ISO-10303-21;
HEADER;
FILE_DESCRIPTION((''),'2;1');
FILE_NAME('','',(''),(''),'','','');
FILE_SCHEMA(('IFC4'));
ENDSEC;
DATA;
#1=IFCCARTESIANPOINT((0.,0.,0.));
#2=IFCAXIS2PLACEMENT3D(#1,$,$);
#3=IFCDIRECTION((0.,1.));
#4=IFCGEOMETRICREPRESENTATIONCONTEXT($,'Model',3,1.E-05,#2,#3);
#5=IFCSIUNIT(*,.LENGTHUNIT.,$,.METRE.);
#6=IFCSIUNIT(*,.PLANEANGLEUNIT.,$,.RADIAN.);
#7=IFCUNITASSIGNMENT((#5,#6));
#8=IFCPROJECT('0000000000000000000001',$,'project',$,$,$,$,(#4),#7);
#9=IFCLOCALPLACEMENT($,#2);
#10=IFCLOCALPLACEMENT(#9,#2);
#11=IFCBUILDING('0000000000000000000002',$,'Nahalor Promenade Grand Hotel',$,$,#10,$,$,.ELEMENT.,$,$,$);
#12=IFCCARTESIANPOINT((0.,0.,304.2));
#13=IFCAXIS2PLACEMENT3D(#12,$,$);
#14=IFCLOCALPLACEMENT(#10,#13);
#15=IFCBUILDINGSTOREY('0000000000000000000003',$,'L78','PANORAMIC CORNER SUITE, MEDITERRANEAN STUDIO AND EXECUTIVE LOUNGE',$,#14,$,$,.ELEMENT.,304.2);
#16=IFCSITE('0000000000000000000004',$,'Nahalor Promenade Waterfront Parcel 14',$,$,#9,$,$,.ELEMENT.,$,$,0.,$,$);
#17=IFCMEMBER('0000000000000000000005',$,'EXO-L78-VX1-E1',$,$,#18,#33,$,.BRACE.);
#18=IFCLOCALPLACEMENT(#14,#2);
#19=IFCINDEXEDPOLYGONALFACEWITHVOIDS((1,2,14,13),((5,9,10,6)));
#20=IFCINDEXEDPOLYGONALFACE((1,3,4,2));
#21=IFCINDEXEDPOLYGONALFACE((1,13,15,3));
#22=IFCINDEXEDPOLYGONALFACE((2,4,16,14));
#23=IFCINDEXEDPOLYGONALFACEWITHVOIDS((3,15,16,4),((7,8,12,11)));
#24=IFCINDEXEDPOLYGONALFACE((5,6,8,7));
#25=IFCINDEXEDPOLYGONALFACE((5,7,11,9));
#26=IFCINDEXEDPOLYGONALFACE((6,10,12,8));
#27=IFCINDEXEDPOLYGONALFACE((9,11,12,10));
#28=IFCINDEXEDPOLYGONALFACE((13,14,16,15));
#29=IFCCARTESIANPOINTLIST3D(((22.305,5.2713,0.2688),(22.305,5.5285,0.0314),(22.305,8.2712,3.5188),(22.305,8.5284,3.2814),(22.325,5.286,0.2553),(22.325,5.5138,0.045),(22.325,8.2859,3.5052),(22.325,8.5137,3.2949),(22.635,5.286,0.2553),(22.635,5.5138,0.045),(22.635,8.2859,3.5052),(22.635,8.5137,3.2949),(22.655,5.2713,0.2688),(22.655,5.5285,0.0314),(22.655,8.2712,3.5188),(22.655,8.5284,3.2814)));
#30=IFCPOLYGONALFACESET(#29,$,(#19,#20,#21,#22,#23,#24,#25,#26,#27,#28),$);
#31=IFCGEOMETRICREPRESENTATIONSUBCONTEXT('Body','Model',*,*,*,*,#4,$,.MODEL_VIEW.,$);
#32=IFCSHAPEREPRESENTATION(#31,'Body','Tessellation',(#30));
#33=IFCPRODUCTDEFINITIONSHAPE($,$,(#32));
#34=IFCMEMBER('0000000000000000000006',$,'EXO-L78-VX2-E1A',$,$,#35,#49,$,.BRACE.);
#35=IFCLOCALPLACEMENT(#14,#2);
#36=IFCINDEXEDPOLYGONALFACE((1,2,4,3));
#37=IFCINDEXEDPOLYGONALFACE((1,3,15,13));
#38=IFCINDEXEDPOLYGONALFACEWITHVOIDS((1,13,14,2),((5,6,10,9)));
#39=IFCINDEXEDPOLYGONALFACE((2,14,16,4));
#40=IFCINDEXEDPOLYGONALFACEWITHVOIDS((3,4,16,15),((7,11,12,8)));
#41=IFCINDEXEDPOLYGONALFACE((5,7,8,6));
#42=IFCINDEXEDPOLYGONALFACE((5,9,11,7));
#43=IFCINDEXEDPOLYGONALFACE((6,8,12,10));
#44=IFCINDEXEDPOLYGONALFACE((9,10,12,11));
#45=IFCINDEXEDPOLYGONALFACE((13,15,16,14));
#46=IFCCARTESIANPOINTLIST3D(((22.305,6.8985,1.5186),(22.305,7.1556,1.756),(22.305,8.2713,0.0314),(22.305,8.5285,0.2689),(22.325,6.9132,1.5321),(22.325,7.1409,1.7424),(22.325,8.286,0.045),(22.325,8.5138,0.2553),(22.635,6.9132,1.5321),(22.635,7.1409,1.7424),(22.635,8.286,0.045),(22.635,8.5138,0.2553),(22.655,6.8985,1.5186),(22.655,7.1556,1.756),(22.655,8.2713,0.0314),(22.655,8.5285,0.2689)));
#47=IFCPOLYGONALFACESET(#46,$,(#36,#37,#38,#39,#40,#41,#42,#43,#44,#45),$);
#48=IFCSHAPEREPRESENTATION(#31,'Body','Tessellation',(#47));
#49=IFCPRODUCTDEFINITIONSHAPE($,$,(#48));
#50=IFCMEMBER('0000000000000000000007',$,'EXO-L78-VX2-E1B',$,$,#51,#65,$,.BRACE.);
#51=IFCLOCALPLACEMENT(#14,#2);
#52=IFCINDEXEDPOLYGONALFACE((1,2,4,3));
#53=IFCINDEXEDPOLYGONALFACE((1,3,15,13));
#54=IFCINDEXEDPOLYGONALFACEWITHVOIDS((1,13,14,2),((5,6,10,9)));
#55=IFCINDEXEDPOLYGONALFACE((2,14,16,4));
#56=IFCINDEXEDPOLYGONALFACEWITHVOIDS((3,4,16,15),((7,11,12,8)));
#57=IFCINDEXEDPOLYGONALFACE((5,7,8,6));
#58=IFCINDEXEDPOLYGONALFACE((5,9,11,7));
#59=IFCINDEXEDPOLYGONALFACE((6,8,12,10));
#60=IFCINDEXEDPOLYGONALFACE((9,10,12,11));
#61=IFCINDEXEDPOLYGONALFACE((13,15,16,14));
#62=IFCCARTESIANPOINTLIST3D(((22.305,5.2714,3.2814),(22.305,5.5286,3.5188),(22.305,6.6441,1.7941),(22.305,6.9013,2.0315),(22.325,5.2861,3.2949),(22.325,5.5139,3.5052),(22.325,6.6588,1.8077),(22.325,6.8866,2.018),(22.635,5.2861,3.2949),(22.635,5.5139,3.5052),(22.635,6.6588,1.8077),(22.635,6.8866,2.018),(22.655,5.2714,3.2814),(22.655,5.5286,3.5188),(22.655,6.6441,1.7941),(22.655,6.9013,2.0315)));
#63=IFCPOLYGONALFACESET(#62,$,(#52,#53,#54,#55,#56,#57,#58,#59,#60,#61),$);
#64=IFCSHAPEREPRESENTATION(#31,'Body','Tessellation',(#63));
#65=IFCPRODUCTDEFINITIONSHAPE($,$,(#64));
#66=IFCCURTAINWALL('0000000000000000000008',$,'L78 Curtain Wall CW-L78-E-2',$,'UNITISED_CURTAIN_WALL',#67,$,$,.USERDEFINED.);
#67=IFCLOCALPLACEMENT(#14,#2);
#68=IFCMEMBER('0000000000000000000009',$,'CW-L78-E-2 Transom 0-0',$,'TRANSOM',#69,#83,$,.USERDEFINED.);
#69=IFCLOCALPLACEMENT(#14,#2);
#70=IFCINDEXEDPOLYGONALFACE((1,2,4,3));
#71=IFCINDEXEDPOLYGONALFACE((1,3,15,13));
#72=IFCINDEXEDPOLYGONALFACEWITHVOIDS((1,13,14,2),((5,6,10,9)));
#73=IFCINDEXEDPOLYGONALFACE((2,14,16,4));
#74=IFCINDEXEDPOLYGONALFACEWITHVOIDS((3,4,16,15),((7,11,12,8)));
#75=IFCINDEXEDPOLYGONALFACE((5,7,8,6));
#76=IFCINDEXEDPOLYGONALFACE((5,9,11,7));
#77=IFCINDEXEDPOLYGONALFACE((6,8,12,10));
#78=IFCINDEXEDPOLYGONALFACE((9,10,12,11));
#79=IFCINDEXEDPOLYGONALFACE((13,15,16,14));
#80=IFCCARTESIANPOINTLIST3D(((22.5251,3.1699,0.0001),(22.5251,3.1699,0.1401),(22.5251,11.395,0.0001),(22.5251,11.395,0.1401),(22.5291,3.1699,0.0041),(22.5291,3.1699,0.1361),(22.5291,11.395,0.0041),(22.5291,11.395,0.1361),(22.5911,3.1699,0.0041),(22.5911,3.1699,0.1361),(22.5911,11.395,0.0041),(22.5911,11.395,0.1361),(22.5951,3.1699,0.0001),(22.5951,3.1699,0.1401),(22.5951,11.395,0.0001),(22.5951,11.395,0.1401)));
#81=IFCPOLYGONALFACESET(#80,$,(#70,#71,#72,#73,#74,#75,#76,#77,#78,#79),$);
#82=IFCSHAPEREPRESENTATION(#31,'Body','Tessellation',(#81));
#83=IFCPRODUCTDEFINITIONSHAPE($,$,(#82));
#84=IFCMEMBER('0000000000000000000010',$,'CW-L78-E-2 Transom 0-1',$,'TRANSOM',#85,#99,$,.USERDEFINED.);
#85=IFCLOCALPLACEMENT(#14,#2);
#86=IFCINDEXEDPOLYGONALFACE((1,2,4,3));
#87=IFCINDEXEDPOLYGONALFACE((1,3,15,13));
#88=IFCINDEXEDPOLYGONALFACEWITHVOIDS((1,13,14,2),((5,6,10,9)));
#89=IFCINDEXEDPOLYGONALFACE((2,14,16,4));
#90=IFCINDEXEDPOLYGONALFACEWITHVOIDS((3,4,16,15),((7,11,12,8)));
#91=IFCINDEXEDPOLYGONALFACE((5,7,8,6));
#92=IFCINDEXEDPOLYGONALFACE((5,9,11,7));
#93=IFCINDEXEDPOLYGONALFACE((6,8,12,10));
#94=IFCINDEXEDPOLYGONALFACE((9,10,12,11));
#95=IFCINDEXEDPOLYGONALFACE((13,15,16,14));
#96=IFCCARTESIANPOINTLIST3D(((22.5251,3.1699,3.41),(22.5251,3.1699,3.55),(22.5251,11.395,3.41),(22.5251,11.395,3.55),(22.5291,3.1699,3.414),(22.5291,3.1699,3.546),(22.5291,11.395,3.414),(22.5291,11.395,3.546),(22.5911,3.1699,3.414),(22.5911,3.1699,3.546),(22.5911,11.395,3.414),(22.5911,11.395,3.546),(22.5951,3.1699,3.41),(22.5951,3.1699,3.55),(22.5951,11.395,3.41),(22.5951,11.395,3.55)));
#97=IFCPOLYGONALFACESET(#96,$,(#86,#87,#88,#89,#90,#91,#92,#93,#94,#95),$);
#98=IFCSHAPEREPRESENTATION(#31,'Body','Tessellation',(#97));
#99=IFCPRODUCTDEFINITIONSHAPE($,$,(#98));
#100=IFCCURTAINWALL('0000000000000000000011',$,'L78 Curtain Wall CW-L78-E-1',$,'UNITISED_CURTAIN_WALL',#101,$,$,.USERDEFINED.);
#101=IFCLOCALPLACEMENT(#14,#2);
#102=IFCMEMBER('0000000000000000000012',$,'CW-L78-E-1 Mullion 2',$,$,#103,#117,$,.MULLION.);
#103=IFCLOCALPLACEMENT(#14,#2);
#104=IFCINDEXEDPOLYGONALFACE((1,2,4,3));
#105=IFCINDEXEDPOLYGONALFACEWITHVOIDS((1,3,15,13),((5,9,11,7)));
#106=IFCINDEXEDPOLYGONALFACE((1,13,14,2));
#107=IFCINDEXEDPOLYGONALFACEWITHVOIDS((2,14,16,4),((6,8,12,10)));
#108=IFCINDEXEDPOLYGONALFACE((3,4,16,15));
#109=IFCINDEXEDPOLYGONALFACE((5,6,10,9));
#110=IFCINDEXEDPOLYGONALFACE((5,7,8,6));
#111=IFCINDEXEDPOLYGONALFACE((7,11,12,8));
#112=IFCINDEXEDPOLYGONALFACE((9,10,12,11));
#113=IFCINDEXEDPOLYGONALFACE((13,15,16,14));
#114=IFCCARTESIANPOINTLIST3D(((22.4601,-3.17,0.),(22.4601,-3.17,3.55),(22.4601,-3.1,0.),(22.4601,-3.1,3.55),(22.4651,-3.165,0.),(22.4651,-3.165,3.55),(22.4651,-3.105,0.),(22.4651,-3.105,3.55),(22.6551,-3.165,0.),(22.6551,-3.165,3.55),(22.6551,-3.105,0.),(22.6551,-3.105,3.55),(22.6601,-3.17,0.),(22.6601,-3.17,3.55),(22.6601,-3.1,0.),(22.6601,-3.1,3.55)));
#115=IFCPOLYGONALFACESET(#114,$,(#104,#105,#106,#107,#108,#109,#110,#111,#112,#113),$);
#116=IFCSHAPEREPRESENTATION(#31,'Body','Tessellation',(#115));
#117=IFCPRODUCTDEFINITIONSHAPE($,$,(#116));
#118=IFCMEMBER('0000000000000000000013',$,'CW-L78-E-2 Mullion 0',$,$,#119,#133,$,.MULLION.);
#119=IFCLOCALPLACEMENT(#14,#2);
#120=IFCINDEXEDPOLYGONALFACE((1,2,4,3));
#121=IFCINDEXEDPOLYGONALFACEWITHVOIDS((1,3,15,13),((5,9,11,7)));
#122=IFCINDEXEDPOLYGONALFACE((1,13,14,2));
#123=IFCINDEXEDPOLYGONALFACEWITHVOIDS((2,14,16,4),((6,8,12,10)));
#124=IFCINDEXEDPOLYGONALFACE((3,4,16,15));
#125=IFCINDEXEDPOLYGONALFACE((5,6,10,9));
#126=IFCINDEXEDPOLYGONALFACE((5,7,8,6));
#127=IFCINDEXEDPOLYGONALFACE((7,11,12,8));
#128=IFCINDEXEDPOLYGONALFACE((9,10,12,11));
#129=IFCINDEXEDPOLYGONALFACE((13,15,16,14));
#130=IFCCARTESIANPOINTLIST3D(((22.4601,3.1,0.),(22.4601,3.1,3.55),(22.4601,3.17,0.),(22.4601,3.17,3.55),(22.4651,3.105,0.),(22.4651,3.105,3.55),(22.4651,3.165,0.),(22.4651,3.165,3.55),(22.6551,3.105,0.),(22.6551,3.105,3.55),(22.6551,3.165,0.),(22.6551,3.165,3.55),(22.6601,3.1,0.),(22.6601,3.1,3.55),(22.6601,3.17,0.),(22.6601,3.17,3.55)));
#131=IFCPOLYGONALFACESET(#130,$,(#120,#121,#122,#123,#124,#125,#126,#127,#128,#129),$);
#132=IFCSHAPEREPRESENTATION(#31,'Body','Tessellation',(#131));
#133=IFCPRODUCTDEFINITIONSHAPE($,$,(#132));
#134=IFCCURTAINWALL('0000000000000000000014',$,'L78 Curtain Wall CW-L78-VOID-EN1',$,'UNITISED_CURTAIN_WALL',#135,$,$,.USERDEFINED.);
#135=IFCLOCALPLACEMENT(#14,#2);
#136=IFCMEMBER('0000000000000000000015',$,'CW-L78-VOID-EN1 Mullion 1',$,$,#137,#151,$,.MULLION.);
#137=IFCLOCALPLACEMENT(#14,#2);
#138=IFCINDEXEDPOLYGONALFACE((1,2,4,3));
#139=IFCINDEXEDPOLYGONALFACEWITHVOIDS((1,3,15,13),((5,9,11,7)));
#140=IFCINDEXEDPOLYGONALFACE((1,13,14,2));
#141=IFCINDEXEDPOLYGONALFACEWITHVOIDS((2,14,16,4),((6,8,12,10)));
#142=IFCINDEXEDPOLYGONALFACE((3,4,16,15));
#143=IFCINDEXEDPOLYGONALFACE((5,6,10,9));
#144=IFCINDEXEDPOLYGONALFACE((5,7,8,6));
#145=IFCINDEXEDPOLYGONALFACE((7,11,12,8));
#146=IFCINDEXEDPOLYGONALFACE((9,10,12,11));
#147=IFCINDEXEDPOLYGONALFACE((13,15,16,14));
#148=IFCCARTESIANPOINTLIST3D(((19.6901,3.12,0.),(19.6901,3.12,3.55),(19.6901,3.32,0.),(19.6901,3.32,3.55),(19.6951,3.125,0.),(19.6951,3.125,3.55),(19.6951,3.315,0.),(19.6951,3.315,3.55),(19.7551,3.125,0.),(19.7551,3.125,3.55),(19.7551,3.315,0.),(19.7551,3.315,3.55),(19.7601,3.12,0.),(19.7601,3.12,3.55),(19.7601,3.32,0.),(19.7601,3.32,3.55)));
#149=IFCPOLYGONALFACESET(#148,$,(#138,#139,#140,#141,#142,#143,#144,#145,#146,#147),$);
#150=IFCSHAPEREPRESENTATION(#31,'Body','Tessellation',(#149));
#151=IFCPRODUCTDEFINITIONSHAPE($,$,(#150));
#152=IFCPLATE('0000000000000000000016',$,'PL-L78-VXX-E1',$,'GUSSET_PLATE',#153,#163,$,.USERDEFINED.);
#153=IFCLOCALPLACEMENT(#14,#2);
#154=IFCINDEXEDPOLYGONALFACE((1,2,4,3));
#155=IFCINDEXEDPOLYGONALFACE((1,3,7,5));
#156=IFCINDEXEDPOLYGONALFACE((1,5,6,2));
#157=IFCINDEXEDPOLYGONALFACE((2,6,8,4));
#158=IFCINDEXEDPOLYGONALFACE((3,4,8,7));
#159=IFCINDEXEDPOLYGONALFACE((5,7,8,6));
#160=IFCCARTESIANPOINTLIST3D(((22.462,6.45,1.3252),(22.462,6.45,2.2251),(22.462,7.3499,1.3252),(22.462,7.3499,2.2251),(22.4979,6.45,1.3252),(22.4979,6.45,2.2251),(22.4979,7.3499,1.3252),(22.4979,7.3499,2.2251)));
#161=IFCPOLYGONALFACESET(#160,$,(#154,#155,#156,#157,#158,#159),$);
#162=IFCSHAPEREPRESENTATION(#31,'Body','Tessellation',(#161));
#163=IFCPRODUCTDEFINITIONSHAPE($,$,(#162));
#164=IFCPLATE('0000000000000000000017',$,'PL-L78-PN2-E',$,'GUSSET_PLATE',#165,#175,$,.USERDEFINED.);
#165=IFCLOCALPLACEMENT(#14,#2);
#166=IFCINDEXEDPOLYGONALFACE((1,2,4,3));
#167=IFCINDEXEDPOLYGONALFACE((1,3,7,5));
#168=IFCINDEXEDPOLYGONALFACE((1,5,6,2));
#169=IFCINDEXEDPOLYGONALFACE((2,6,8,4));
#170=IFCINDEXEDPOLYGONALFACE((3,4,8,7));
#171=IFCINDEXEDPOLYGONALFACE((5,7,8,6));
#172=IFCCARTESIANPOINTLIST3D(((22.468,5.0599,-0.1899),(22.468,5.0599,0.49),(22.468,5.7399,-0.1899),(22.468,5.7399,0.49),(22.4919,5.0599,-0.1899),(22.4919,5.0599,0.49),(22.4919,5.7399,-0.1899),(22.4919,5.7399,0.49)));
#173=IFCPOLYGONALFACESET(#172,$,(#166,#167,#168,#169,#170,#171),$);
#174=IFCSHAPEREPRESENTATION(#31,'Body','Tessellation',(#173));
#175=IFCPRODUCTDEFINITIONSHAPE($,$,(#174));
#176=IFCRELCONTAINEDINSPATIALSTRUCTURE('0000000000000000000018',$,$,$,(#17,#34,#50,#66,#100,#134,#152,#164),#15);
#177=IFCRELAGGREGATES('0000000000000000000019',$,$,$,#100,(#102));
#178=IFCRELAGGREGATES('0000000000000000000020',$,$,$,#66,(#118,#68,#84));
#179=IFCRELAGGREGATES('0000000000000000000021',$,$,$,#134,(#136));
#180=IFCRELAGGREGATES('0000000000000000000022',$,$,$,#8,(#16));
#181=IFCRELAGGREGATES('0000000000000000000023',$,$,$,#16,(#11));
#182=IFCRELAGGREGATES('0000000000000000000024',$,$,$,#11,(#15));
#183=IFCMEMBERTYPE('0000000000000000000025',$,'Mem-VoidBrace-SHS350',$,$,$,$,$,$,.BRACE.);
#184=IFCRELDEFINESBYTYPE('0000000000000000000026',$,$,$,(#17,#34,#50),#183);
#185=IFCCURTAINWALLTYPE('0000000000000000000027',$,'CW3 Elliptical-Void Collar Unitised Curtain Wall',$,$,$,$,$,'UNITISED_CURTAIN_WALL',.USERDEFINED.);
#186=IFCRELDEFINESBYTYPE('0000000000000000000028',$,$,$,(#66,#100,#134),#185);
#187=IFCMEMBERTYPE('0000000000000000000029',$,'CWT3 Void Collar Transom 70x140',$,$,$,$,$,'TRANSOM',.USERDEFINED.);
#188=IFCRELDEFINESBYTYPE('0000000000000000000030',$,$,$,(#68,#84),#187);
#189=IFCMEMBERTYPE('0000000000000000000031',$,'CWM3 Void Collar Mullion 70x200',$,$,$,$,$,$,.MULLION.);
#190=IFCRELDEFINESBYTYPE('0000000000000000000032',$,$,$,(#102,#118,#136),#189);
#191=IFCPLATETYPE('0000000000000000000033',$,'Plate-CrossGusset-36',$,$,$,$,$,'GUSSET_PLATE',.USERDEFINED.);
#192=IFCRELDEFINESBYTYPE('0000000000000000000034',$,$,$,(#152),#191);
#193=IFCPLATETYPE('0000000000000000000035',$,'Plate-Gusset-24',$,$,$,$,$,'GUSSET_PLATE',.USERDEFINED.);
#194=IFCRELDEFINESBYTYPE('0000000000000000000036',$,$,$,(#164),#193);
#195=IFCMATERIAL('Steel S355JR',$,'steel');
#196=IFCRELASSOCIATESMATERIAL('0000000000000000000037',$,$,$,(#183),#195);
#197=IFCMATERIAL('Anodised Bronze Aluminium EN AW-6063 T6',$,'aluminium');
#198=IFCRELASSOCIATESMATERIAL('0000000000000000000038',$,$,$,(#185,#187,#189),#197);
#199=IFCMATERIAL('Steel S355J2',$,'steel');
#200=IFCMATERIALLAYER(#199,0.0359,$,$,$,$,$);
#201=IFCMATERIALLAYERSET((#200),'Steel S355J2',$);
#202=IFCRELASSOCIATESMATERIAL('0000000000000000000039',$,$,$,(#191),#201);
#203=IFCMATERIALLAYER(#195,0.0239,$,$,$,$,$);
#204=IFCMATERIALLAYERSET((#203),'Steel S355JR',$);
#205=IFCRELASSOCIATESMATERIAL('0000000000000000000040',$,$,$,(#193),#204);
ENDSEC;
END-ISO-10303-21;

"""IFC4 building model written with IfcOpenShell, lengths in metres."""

from ifc_helpers import new_model, si_unit, direction, frame, origin, origin_2d, place, context, subcontext, project, spatial, rectangle, hollow_rectangle, extrude, source, transform, mapped, material, layer, layer_set, material_profile, profile_set, type_object, element, aggregate, save


model = new_model("IFC4")

# Units and contexts
model_context = context("Model", 3, precision=1e-05, world=origin(), true_north=direction((0.0, 1.0)))
body_context = subcontext(model_context, "Body", "Model", "MODEL_VIEW")
ifc_project = project(units=[si_unit("LENGTHUNIT", "METRE"), si_unit("PLANEANGLEUNIT", "RADIAN")], contexts=[model_context])

# Site, building, storey
site_placement = place(None, origin())
site = spatial("IfcSite", under=ifc_project, at=site_placement, Name="Nahalor Promenade Waterfront Parcel 14", CompositionType="ELEMENT", RefElevation=0.0)
building_placement = place(site_placement, origin())
building = spatial("IfcBuilding", under=site, at=building_placement, Name="Nahalor Promenade Grand Hotel", CompositionType="ELEMENT")
storey_placement = place(building_placement, frame((0.0, 0.0, 304.2)))
storey = spatial("IfcBuildingStorey", under=building, at=storey_placement, Name="L78", Description="PANORAMIC CORNER SUITE, MEDITERRANEAN STUDIO AND EXECUTIVE LOUNGE", CompositionType="ELEMENT", Elevation=304.2)

# Shared definitions
ifc_material_1 = material(Name="Steel S355JR", Category="steel")

# Members
ifc_material_profile_1 = material_profile(ifc_material_1, hollow_rectangle(XDim=0.35, YDim=0.35, WallThickness=0.02, at=origin_2d()), Name="SHS 350x350x20")
ifc_profile_set_1 = profile_set([ifc_material_profile_1], Name="Steel S355JR")
member_type_1 = type_object("IfcMemberType", Name="Mem-VoidBrace-SHS350", PredefinedType="BRACE", material=ifc_profile_set_1)
shared_shape_1 = source(origin(), body_context, "Body", "SweptSolid", [
    extrude(hollow_rectangle(XDim=0.35, YDim=0.35, WallThickness=0.02, at=origin_2d()), origin(), (0.0, 0.0, 1.0), 4.4229),
])
member_1_placement = place(storey_placement, frame((22.48, 5.3999, 0.1501), z_axis=(0.0, 0.67828, 0.734803), x_axis=(-1.0, 0.0, 0.0)))
element("IfcMember", 1, at=member_1_placement, inside=storey, type_object=member_type_1, Name="EXO-L78-VX1-E1", PredefinedType="BRACE", context=body_context, shape_type="MappedRepresentation", body=[
    mapped(shared_shape_1, transform((0.0, 0.0, 0.0), scale=1.0)),
])
shared_shape_2 = source(origin(), body_context, "Body", "SweptSolid", [
    extrude(hollow_rectangle(XDim=0.35, YDim=0.35, WallThickness=0.02, at=origin_2d()), origin(), (0.0, 0.0, 1.0), 2.0239),
])
for number, where, z_axis, x_axis, name in (
    (2, (22.48, 8.3999, 0.1501), (0.0, -0.678315, 0.734771), (1.0, 0.0, 0.0), "EXO-L78-VX2-E1A"),
    (3, (22.48, 6.7727, 1.9128), (0.0, -0.678255, 0.734827), (1.0, 0.0, 0.0), "EXO-L78-VX2-E1B"),
):
    element("IfcMember", number, at=place(storey_placement, frame(where, z_axis=z_axis, x_axis=x_axis)), inside=storey, type_object=member_type_1, Name=name, PredefinedType="BRACE", context=body_context, shape_type="MappedRepresentation", body=[
        mapped(shared_shape_2, transform((0.0, 0.0, 0.0), scale=1.0)),
    ])

# Curtain wall, members
ifc_material_2 = material(Name="Anodised Bronze Aluminium EN AW-6063 T6", Category="aluminium")
curtain_wall_type = type_object("IfcCurtainWallType", Name="CW3 Elliptical-Void Collar Unitised Curtain Wall", ElementType="UNITISED_CURTAIN_WALL", PredefinedType="USERDEFINED", material=ifc_material_2)
curtain_wall_1_placement = place(storey_placement, origin())
curtain_wall_1 = element("IfcCurtainWall", 4, at=curtain_wall_1_placement, inside=storey, type_object=curtain_wall_type, Name="L78 Curtain Wall CW-L78-E-2", ObjectType="UNITISED_CURTAIN_WALL", PredefinedType="USERDEFINED")
ifc_material_profile_2 = material_profile(ifc_material_2, hollow_rectangle(XDim=0.07, YDim=0.14, WallThickness=0.004, at=origin_2d()), Name="CWT 70x140x4")
ifc_profile_set_2 = profile_set([ifc_material_profile_2], Name="Anodised Bronze Aluminium EN AW-6063 T6")
member_type_2 = type_object("IfcMemberType", Name="CWT3 Void Collar Transom 70x140", ElementType="TRANSOM", PredefinedType="USERDEFINED", material=ifc_profile_set_2)
shared_shape_3 = source(origin(), body_context, "Body", "SweptSolid", [
    extrude(hollow_rectangle(XDim=0.07, YDim=0.14, WallThickness=0.004, at=origin_2d()), origin(), (0.0, 0.0, 1.0), 8.2251),
])
member_2_placement = place(storey_placement, frame((22.5601, 3.1699, 0.0701), z_axis=(0.0, 1.0, 0.0), x_axis=(-1.0, 0.0, 0.0)))
member_2 = element("IfcMember", 5, at=member_2_placement, type_object=member_type_2, Name="CW-L78-E-2 Transom 0-0", ObjectType="TRANSOM", PredefinedType="USERDEFINED", context=body_context, shape_type="MappedRepresentation", body=[
    mapped(shared_shape_3, transform((0.0, 0.0, 0.0), scale=1.0)),
])
member_3_placement = place(storey_placement, frame((22.5601, 3.1699, 3.48), z_axis=(0.0, 1.0, 0.0), x_axis=(-1.0, 0.0, 0.0)))
member_3 = element("IfcMember", 6, at=member_3_placement, type_object=member_type_2, Name="CW-L78-E-2 Transom 0-1", ObjectType="TRANSOM", PredefinedType="USERDEFINED", context=body_context, shape_type="MappedRepresentation", body=[
    mapped(shared_shape_3, transform((0.0, 0.0, 0.0), scale=1.0)),
])

# Curtain wall, member
curtain_wall_2_placement = place(storey_placement, origin())
curtain_wall_2 = element("IfcCurtainWall", 7, at=curtain_wall_2_placement, inside=storey, type_object=curtain_wall_type, Name="L78 Curtain Wall CW-L78-E-1", ObjectType="UNITISED_CURTAIN_WALL", PredefinedType="USERDEFINED")
ifc_material_profile_3 = material_profile(ifc_material_2, hollow_rectangle(XDim=0.07, YDim=0.2, WallThickness=0.005, at=origin_2d()), Name="CWM 70x200x5")
ifc_profile_set_3 = profile_set([ifc_material_profile_3], Name="Anodised Bronze Aluminium EN AW-6063 T6")
member_type_3 = type_object("IfcMemberType", Name="CWM3 Void Collar Mullion 70x200", PredefinedType="MULLION", material=ifc_profile_set_3)
shared_shape_4 = source(origin(), body_context, "Body", "SweptSolid", [
    extrude(hollow_rectangle(XDim=0.07, YDim=0.2, WallThickness=0.005, at=origin_2d()), origin(), (0.0, 0.0, 1.0), 3.55),
])
member_4_placement = place(storey_placement, frame((22.5601, -3.135, 0.0), z_axis=(0.0, 0.0, 1.0), x_axis=(0.0, 1.0, 0.0)))
member_4 = element("IfcMember", 8, at=member_4_placement, type_object=member_type_3, Name="CW-L78-E-1 Mullion 2", PredefinedType="MULLION", context=body_context, shape_type="MappedRepresentation", body=[
    mapped(shared_shape_4, transform((0.0, 0.0, 0.0), scale=1.0)),
])
aggregate(curtain_wall_2, [member_4])

# Member
member_5_placement = place(storey_placement, frame((22.5601, 3.135, 0.0), z_axis=(0.0, 0.0, 1.0), x_axis=(0.0, 1.0, 0.0)))
member_5 = element("IfcMember", 9, at=member_5_placement, type_object=member_type_3, Name="CW-L78-E-2 Mullion 0", PredefinedType="MULLION", context=body_context, shape_type="MappedRepresentation", body=[
    mapped(shared_shape_4, transform((0.0, 0.0, 0.0), scale=1.0)),
])

# Curtain wall, member
curtain_wall_3_placement = place(storey_placement, origin())
curtain_wall_3 = element("IfcCurtainWall", 10, at=curtain_wall_3_placement, inside=storey, type_object=curtain_wall_type, Name="L78 Curtain Wall CW-L78-VOID-EN1", ObjectType="UNITISED_CURTAIN_WALL", PredefinedType="USERDEFINED")
member_6_placement = place(storey_placement, frame((19.7251, 3.22, 0.0), z_axis=(0.0, 0.0, 1.0), x_axis=(1.0, 0.0, 0.0)))
member_6 = element("IfcMember", 11, at=member_6_placement, type_object=member_type_3, Name="CW-L78-VOID-EN1 Mullion 1", PredefinedType="MULLION", context=body_context, shape_type="MappedRepresentation", body=[
    mapped(shared_shape_4, transform((0.0, 0.0, 0.0), scale=1.0)),
])

aggregate(curtain_wall_1, [member_5, member_2, member_3])

# Plates
ifc_material_3 = material(Name="Steel S355J2", Category="steel")
ifc_layer_1 = layer(ifc_material_3, 0.0359)
ifc_layer_set_1 = layer_set([ifc_layer_1], Name="Steel S355J2")
plate_type_1 = type_object("IfcPlateType", Name="Plate-CrossGusset-36", ElementType="GUSSET_PLATE", PredefinedType="USERDEFINED", material=ifc_layer_set_1)
shared_shape_5 = source(origin(), body_context, "Body", "SweptSolid", [
    extrude(rectangle(XDim=0.8999, YDim=0.0359, at=origin_2d()), origin(), (0.0, 0.0, 1.0), 0.8999),
])
plate_1_placement = place(storey_placement, frame((22.48, 6.8999, 1.3252), z_axis=(0.0, 0.0, 1.0), x_axis=(0.0, 1.0, 0.0)))
element("IfcPlate", 12, at=plate_1_placement, inside=storey, type_object=plate_type_1, Name="PL-L78-VXX-E1", ObjectType="GUSSET_PLATE", PredefinedType="USERDEFINED", context=body_context, shape_type="MappedRepresentation", body=[
    mapped(shared_shape_5, transform((0.0, 0.0, 0.0), scale=1.0)),
])
ifc_layer_2 = layer(ifc_material_1, 0.0239)
ifc_layer_set_2 = layer_set([ifc_layer_2], Name="Steel S355JR")
plate_type_2 = type_object("IfcPlateType", Name="Plate-Gusset-24", ElementType="GUSSET_PLATE", PredefinedType="USERDEFINED", material=ifc_layer_set_2)
shared_shape_6 = source(origin(), body_context, "Body", "SweptSolid", [
    extrude(rectangle(XDim=0.6799, YDim=0.0239, at=origin_2d()), origin(), (0.0, 0.0, 1.0), 0.6799),
])
plate_2_placement = place(storey_placement, frame((22.48, 5.3999, -0.1899), z_axis=(0.0, 0.0, 1.0), x_axis=(0.0, 1.0, 0.0)))
element("IfcPlate", 13, at=plate_2_placement, inside=storey, type_object=plate_type_2, Name="PL-L78-PN2-E", ObjectType="GUSSET_PLATE", PredefinedType="USERDEFINED", context=body_context, shape_type="MappedRepresentation", body=[
    mapped(shared_shape_6, transform((0.0, 0.0, 0.0), scale=1.0)),
])

aggregate(curtain_wall_3, [member_6])

save(model, "model.ifc")
